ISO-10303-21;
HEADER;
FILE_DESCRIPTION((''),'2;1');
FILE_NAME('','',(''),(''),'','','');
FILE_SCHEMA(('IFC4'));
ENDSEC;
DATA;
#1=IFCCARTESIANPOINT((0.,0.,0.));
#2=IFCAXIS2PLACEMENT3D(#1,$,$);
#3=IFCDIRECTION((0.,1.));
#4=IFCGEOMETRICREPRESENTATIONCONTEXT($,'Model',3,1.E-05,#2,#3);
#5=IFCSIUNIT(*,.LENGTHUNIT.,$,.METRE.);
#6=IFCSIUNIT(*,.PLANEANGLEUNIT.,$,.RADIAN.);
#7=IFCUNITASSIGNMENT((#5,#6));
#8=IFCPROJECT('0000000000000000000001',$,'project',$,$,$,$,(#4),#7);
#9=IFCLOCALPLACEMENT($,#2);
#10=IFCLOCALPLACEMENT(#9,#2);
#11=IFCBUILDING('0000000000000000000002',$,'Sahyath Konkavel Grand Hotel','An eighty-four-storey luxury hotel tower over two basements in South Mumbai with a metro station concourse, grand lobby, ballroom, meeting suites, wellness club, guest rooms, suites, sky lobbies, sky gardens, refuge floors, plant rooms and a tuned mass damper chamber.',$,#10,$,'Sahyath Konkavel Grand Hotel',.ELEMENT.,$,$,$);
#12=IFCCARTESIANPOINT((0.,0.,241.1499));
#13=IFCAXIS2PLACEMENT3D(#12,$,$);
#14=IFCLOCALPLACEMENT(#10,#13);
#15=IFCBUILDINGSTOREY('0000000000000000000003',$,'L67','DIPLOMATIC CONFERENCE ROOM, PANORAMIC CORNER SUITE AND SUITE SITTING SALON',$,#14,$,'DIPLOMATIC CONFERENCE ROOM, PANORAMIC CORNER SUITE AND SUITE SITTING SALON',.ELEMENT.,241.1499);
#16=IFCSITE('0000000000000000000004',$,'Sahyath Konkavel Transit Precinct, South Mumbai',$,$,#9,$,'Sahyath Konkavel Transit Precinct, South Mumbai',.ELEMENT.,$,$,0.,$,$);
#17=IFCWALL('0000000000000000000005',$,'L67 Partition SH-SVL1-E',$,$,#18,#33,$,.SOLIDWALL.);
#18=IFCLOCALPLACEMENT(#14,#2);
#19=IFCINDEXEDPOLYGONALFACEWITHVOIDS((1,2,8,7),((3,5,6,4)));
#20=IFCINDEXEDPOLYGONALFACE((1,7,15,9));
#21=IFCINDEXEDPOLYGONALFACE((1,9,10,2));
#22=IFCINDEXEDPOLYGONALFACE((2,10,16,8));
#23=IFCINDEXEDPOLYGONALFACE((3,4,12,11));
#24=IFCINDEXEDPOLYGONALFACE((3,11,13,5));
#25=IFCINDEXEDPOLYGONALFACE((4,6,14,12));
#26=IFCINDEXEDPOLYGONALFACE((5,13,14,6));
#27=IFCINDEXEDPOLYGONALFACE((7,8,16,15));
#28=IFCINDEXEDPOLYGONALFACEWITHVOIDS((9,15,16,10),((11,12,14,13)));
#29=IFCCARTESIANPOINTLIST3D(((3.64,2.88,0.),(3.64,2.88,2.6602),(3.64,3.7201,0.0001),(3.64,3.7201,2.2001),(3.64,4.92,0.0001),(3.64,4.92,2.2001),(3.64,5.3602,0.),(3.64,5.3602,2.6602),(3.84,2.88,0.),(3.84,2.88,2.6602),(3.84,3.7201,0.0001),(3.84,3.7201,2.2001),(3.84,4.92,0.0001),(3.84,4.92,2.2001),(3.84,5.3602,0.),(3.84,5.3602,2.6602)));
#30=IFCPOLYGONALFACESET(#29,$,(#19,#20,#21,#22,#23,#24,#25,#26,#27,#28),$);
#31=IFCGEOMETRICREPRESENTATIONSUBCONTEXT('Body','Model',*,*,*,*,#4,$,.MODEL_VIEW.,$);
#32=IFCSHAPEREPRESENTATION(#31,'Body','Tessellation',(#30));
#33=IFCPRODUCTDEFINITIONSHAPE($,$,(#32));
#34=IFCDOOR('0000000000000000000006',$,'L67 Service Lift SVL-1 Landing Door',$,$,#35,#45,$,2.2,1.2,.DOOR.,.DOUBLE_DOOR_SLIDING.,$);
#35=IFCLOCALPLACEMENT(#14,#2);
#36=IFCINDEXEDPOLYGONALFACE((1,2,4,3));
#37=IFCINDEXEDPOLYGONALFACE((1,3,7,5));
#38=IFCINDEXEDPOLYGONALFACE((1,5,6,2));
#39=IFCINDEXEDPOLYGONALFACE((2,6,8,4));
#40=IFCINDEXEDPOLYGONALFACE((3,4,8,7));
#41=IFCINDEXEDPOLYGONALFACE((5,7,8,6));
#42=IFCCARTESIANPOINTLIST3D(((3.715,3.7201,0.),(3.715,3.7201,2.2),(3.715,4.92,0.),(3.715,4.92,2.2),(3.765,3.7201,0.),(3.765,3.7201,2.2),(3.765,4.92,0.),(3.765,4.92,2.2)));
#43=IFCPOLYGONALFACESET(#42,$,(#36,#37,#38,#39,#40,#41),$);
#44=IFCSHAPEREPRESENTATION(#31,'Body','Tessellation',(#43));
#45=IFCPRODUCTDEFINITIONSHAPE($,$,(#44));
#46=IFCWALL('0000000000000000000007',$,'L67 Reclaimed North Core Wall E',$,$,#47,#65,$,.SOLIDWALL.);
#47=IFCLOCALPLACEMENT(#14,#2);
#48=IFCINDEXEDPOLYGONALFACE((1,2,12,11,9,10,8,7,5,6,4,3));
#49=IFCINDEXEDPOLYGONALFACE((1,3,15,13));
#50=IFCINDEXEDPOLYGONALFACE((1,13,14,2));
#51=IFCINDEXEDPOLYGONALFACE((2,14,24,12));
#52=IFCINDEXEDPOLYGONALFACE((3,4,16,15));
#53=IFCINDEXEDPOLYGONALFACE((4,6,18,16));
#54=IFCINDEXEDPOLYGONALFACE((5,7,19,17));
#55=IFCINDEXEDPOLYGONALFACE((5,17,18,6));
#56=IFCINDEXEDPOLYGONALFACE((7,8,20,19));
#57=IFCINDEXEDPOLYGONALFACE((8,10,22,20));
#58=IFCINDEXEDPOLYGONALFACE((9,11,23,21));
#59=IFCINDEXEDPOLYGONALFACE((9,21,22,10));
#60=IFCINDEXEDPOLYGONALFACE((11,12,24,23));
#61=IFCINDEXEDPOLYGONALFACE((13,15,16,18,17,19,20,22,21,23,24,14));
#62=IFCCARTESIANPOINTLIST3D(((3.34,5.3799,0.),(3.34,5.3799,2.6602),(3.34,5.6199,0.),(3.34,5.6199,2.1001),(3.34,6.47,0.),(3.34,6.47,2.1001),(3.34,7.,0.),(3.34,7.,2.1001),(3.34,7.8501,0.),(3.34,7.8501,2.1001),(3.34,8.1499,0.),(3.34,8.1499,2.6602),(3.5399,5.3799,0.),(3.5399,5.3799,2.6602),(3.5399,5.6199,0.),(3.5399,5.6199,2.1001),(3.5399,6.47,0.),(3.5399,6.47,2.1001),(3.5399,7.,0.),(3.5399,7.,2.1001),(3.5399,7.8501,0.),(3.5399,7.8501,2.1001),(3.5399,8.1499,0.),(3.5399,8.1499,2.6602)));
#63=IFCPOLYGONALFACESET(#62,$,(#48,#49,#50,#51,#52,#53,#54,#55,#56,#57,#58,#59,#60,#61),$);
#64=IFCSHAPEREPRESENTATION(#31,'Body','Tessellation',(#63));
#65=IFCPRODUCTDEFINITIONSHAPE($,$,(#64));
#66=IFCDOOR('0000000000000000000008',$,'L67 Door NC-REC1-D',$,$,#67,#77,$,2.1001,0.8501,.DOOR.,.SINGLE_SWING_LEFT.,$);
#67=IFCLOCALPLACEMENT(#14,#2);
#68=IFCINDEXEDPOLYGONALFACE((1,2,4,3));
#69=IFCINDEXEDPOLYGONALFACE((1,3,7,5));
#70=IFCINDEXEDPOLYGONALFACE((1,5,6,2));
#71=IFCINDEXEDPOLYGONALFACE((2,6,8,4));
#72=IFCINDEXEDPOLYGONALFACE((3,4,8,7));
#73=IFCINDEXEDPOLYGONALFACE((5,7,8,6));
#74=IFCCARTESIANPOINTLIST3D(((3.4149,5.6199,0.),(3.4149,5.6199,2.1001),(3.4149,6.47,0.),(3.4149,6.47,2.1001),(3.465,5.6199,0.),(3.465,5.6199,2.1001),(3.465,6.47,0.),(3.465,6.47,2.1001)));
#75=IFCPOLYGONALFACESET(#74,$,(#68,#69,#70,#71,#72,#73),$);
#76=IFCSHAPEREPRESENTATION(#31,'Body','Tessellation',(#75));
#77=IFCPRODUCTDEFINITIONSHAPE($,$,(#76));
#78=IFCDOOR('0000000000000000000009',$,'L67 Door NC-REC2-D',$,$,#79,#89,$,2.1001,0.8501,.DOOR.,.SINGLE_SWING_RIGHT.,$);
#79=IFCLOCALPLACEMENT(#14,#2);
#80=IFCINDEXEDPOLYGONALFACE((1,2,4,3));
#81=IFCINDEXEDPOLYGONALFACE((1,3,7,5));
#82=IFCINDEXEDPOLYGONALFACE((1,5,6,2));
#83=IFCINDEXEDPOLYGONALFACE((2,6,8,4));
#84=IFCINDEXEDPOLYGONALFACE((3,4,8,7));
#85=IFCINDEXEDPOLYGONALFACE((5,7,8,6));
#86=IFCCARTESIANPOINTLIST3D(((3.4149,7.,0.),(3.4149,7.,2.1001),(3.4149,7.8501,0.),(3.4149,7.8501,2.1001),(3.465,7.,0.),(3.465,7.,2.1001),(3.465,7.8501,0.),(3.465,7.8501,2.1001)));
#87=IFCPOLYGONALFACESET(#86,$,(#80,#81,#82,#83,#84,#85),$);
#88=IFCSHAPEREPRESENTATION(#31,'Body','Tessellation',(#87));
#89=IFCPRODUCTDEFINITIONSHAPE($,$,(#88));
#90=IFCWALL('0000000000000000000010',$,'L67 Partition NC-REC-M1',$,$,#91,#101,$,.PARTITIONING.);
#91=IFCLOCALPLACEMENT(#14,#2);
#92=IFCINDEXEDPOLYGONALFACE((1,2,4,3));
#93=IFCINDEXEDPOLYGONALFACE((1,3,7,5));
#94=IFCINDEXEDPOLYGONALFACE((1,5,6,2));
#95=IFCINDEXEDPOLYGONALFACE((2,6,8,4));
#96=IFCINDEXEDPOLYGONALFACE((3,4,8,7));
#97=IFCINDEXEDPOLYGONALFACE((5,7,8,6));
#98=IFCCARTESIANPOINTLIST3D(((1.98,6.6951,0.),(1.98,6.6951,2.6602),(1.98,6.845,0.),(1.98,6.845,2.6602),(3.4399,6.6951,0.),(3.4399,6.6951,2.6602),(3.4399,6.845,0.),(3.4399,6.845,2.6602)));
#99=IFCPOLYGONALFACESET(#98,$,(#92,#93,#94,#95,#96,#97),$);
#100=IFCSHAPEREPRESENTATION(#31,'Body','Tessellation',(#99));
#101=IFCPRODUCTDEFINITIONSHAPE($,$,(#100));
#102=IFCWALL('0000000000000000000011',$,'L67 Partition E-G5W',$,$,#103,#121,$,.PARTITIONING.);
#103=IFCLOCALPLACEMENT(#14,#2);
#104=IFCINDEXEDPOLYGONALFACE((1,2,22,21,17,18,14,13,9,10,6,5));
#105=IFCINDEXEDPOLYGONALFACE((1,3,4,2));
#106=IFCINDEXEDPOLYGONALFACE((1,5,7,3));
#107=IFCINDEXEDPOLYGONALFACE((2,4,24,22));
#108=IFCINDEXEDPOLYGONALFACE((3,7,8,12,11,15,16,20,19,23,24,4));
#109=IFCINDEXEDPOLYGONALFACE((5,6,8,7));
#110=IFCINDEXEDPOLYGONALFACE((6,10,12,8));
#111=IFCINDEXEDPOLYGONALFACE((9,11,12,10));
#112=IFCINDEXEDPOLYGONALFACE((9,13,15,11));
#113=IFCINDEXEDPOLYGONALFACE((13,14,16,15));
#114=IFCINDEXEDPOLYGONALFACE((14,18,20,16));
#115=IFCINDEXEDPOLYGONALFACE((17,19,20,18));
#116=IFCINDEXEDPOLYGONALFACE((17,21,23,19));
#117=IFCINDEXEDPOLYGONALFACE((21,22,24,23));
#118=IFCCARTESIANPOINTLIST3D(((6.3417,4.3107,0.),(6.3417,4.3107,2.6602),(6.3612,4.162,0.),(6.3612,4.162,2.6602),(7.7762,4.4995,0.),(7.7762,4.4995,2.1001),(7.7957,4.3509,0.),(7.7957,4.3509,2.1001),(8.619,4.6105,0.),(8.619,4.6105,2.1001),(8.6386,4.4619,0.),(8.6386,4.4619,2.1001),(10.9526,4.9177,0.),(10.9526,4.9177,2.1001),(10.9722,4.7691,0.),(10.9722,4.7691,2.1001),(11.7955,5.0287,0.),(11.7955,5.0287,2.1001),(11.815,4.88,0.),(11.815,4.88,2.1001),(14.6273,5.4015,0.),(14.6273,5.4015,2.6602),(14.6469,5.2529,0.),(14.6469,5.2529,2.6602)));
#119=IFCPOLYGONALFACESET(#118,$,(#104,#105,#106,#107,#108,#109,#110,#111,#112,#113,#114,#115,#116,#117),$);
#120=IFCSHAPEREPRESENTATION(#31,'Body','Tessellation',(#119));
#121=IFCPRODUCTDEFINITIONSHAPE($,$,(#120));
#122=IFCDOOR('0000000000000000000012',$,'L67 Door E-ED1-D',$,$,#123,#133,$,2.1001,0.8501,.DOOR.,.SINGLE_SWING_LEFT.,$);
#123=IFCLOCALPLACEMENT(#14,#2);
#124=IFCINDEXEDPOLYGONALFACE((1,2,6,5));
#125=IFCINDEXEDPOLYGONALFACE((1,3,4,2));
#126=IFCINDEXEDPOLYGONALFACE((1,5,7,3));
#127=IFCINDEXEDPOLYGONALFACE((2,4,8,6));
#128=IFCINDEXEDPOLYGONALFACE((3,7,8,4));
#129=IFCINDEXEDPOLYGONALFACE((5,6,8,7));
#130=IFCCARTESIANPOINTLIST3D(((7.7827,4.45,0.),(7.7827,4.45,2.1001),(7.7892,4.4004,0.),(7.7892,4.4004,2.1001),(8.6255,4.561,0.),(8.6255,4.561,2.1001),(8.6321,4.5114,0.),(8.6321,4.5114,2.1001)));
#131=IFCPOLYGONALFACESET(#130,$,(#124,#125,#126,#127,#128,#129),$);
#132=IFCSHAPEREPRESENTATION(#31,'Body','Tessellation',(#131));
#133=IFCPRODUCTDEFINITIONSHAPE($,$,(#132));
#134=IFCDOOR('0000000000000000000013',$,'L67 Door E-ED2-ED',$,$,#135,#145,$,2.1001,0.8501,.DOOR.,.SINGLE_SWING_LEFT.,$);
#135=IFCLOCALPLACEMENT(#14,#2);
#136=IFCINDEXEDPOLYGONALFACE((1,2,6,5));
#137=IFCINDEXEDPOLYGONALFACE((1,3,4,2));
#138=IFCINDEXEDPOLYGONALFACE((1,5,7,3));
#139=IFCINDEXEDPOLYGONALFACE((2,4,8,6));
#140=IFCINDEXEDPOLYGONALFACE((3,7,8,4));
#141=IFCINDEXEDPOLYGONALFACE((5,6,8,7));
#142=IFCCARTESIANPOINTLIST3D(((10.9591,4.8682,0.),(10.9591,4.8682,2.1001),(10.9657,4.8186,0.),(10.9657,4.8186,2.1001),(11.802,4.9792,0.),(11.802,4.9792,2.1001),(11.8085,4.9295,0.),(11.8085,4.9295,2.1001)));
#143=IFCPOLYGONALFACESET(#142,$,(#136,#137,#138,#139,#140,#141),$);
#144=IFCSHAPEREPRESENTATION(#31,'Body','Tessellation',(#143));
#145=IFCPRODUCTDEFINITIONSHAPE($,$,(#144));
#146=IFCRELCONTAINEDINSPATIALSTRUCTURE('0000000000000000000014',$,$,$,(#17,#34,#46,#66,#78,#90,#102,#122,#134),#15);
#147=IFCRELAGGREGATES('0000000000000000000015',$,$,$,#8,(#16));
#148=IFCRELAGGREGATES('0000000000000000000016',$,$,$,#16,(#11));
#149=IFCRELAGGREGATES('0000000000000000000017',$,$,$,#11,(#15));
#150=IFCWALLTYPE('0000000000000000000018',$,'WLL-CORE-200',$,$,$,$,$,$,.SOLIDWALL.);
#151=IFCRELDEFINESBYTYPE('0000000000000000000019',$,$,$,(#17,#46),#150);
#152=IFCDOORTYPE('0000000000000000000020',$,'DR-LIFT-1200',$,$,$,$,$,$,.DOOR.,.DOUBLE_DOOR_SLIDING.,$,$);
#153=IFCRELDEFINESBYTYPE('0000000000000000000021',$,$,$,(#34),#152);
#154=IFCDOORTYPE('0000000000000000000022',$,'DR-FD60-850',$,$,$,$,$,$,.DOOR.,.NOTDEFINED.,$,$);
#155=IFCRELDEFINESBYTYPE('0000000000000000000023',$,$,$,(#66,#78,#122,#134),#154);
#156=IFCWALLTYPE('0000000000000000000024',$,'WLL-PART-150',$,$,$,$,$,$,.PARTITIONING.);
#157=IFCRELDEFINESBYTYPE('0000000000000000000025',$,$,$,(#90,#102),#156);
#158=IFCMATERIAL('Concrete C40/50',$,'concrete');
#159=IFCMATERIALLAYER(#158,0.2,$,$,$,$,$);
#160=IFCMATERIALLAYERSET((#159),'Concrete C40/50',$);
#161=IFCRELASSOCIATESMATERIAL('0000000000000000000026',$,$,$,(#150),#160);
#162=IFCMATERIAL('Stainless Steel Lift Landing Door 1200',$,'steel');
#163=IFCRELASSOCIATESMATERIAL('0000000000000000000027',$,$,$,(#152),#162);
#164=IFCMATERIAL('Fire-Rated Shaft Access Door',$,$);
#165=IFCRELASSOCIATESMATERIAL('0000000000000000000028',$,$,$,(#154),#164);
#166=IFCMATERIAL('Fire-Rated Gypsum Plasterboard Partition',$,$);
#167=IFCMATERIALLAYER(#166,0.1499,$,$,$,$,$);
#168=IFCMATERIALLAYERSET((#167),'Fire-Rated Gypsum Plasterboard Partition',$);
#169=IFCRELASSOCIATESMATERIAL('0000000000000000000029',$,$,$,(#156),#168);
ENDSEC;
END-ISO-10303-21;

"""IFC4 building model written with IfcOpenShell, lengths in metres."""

from ifc_helpers import new_model, si_unit, direction, frame, frame_2d, origin, origin_2d, place, context, subcontext, project, spatial, rectangle, extrude, source, transform, mapped, material, layer, layer_set, type_object, element, fill, save


model = new_model("IFC4")

# Units and contexts
model_context = context("Model", 3, precision=1e-05, world=origin(), true_north=direction((0.0, 1.0)))
body_context = subcontext(model_context, "Body", "Model", "MODEL_VIEW")
ifc_project = project(units=[si_unit("LENGTHUNIT", "METRE"), si_unit("PLANEANGLEUNIT", "RADIAN")], contexts=[model_context])

# Site, building, storey
site_placement = place(None, origin())
site = spatial("IfcSite", under=ifc_project, at=site_placement, Name="Sahyath Konkavel Transit Precinct, South Mumbai", LongName="Sahyath Konkavel Transit Precinct, South Mumbai", CompositionType="ELEMENT", RefElevation=0.0)
building_placement = place(site_placement, origin())
building = spatial("IfcBuilding", under=site, at=building_placement, Name="Sahyath Konkavel Grand Hotel", Description="An eighty-four-storey luxury hotel tower over two basements in South Mumbai with a metro station concourse, grand lobby, ballroom, meeting suites, wellness club, guest rooms, suites, sky lobbies, sky gardens, refuge floors, plant rooms and a tuned mass damper chamber.", LongName="Sahyath Konkavel Grand Hotel", CompositionType="ELEMENT")
storey_placement = place(building_placement, frame((0.0, 0.0, 241.1499)))
storey = spatial("IfcBuildingStorey", under=building, at=storey_placement, Name="L67", Description="DIPLOMATIC CONFERENCE ROOM, PANORAMIC CORNER SUITE AND SUITE SITTING SALON", LongName="DIPLOMATIC CONFERENCE ROOM, PANORAMIC CORNER SUITE AND SUITE SITTING SALON", CompositionType="ELEMENT", Elevation=241.1499)

# Shared definitions
ifc_material_1 = material(Name="Concrete C40/50", Category="concrete")
ifc_layer_1 = layer(ifc_material_1, 0.2)
ifc_layer_set_1 = layer_set([ifc_layer_1], Name="Concrete C40/50")
wall_type_1 = type_object("IfcWallType", Name="WLL-CORE-200", PredefinedType="SOLIDWALL", material=ifc_layer_set_1)
shared_shape_1 = source(origin(), body_context, "Body", "SweptSolid", [
    extrude(rectangle(XDim=0.8501, YDim=0.05, at=origin_2d()), origin(), (0.0, 0.0, 1.0), 2.1001),
])

# Wall, opening, door
wall_1_placement = place(storey_placement, frame((3.74, 2.8799, 0.0), z_axis=(0.0, 0.0, 1.0), x_axis=(0.0, 1.0, 0.0)))
wall_1 = element("IfcWall", 1, at=wall_1_placement, inside=storey, type_object=wall_type_1, Name="L67 Partition SH-SVL1-E", PredefinedType="SOLIDWALL", context=body_context, shape_type="SweptSolid", body=[
    extrude(rectangle(XDim=2.4802, YDim=0.2, at=frame_2d((1.2402, 0.0))), origin(), (0.0, 0.0, 1.0), 2.6602),
])
opening_1_placement = place(wall_1_placement, frame((0.8401, 0.0, 0.0)))
opening_1 = element("IfcOpeningElement", 2, at=opening_1_placement, cuts=wall_1, PredefinedType="OPENING", context=body_context, shape_type="SweptSolid", body=[
    extrude(rectangle(XDim=1.2, YDim=2.2, at=frame_2d((0.6001, 1.1001))), frame((0.0, 0.1099, 0.0), z_axis=(0.0, -1.0, 0.0), x_axis=(1.0, 0.0, 0.0)), (0.0, 0.0, 1.0), 0.22),
])
ifc_material_2 = material(Name="Stainless Steel Lift Landing Door 1200", Category="steel")
door_type_1 = type_object("IfcDoorType", Name="DR-LIFT-1200", OperationType="DOUBLE_DOOR_SLIDING", PredefinedType="DOOR", material=ifc_material_2)
shared_shape_2 = source(origin(), body_context, "Body", "SweptSolid", [
    extrude(rectangle(XDim=1.2, YDim=0.05, at=origin_2d()), origin(), (0.0, 0.0, 1.0), 2.2),
])
door_1_placement = place(opening_1_placement, frame((0.6001, 0.0, 0.0)))
door_1 = element("IfcDoor", 3, at=door_1_placement, inside=storey, type_object=door_type_1, Name="L67 Service Lift SVL-1 Landing Door", OperationType="DOUBLE_DOOR_SLIDING", OverallHeight=2.2, OverallWidth=1.2, PredefinedType="DOOR", context=body_context, shape_type="MappedRepresentation", body=[
    mapped(shared_shape_2, transform((0.0, 0.0, 0.0), scale=1.0)),
])
fill(opening_1, door_1)

# Wall, openings, doors
wall_2_placement = place(storey_placement, frame((3.4399, 5.3799, 0.0), z_axis=(0.0, 0.0, 1.0), x_axis=(0.0, 1.0, 0.0)))
wall_2 = element("IfcWall", 4, at=wall_2_placement, inside=storey, type_object=wall_type_1, Name="L67 Reclaimed North Core Wall E", PredefinedType="SOLIDWALL", context=body_context, shape_type="SweptSolid", body=[
    extrude(rectangle(XDim=2.77, YDim=0.2, at=frame_2d((1.385, 0.0))), origin(), (0.0, 0.0, 1.0), 2.6602),
])
opening_2_placement = place(wall_2_placement, frame((0.24, 0.0, 0.0)))
opening_2 = element("IfcOpeningElement", 5, at=opening_2_placement, cuts=wall_2, PredefinedType="OPENING", context=body_context, shape_type="SweptSolid", body=[
    extrude(rectangle(XDim=0.8501, YDim=2.1001, at=frame_2d((0.425, 1.05))), frame((0.0, 0.1099, 0.0), z_axis=(0.0, -1.0, 0.0), x_axis=(1.0, 0.0, 0.0)), (0.0, 0.0, 1.0), 0.22),
])
opening_3_placement = place(wall_2_placement, frame((1.6201, 0.0, 0.0)))
opening_3 = element("IfcOpeningElement", 6, at=opening_3_placement, cuts=wall_2, PredefinedType="OPENING", context=body_context, shape_type="SweptSolid", body=[
    extrude(rectangle(XDim=0.8501, YDim=2.1001, at=frame_2d((0.425, 1.05))), frame((0.0, 0.1099, 0.0), z_axis=(0.0, -1.0, 0.0), x_axis=(1.0, 0.0, 0.0)), (0.0, 0.0, 1.0), 0.22),
])
ifc_material_3 = material(Name="Fire-Rated Shaft Access Door")
door_type_2 = type_object("IfcDoorType", Name="DR-FD60-850", OperationType="NOTDEFINED", PredefinedType="DOOR", material=ifc_material_3)
door_2_placement = place(opening_2_placement, frame((0.425, 0.0, 0.0)))
door_2 = element("IfcDoor", 7, at=door_2_placement, inside=storey, type_object=door_type_2, Name="L67 Door NC-REC1-D", OperationType="SINGLE_SWING_LEFT", OverallHeight=2.1001, OverallWidth=0.8501, PredefinedType="DOOR", context=body_context, shape_type="MappedRepresentation", body=[
    mapped(shared_shape_1, transform((0.0, 0.0, 0.0), scale=1.0)),
])
fill(opening_2, door_2)
door_3_placement = place(opening_3_placement, frame((0.425, 0.0, 0.0)))
door_3 = element("IfcDoor", 8, at=door_3_placement, inside=storey, type_object=door_type_2, Name="L67 Door NC-REC2-D", OperationType="SINGLE_SWING_RIGHT", OverallHeight=2.1001, OverallWidth=0.8501, PredefinedType="DOOR", context=body_context, shape_type="MappedRepresentation", body=[
    mapped(shared_shape_1, transform((0.0, 0.0, 0.0), scale=1.0)),
])
fill(opening_3, door_3)

# Wall
ifc_material_4 = material(Name="Fire-Rated Gypsum Plasterboard Partition")
ifc_layer_2 = layer(ifc_material_4, 0.1499)
ifc_layer_set_2 = layer_set([ifc_layer_2], Name="Fire-Rated Gypsum Plasterboard Partition")
wall_type_2 = type_object("IfcWallType", Name="WLL-PART-150", PredefinedType="PARTITIONING", material=ifc_layer_set_2)
wall_3_placement = place(storey_placement, frame((1.98, 6.77, 0.0), z_axis=(0.0, 0.0, 1.0), x_axis=(1.0, 0.0, 0.0)))
element("IfcWall", 9, at=wall_3_placement, inside=storey, type_object=wall_type_2, Name="L67 Partition NC-REC-M1", PredefinedType="PARTITIONING", context=body_context, shape_type="SweptSolid", body=[
    extrude(rectangle(XDim=1.46, YDim=0.1499, at=frame_2d((0.73, 0.0))), origin(), (0.0, 0.0, 1.0), 2.6602),
])

# Wall, openings, doors
wall_4_placement = place(storey_placement, frame((6.3513, 4.2363, 0.0), z_axis=(0.0, 0.0, 1.0), x_axis=(0.991445, 0.130526, 0.0)))
wall_4 = element("IfcWall", 10, at=wall_4_placement, inside=storey, type_object=wall_type_2, Name="L67 Partition E-G5W", PredefinedType="PARTITIONING", context=body_context, shape_type="SweptSolid", body=[
    extrude(rectangle(XDim=8.3572, YDim=0.1499, at=frame_2d((4.1787, 0.0))), origin(), (0.0, 0.0, 1.0), 2.6602),
])
opening_4_placement = place(wall_4_placement, frame((1.447, 0.0, 0.0)))
opening_4 = element("IfcOpeningElement", 11, at=opening_4_placement, cuts=wall_4, PredefinedType="OPENING", context=body_context, shape_type="SweptSolid", body=[
    extrude(rectangle(XDim=0.8501, YDim=2.1001, at=frame_2d((0.425, 1.05))), frame((0.0, 0.085, 0.0), z_axis=(0.0, -1.0, 0.0), x_axis=(1.0, 0.0, 0.0)), (0.0, 0.0, 1.0), 0.1699),
])
opening_5_placement = place(wall_4_placement, frame((4.6509, 0.0, 0.0)))
opening_5 = element("IfcOpeningElement", 12, at=opening_5_placement, cuts=wall_4, PredefinedType="OPENING", context=body_context, shape_type="SweptSolid", body=[
    extrude(rectangle(XDim=0.8501, YDim=2.1001, at=frame_2d((0.425, 1.05))), frame((0.0, 0.085, 0.0), z_axis=(0.0, -1.0, 0.0), x_axis=(1.0, 0.0, 0.0)), (0.0, 0.0, 1.0), 0.1699),
])
door_4_placement = place(opening_4_placement, frame((0.425, 0.0, 0.0)))
door_4 = element("IfcDoor", 13, at=door_4_placement, inside=storey, type_object=door_type_2, Name="L67 Door E-ED1-D", OperationType="SINGLE_SWING_LEFT", OverallHeight=2.1001, OverallWidth=0.8501, PredefinedType="DOOR", context=body_context, shape_type="MappedRepresentation", body=[
    mapped(shared_shape_1, transform((0.0, 0.0, 0.0), scale=1.0)),
])
fill(opening_4, door_4)
door_5_placement = place(opening_5_placement, frame((0.425, 0.0, 0.0)))
door_5 = element("IfcDoor", 14, at=door_5_placement, inside=storey, type_object=door_type_2, Name="L67 Door E-ED2-ED", OperationType="SINGLE_SWING_LEFT", OverallHeight=2.1001, OverallWidth=0.8501, PredefinedType="DOOR", context=body_context, shape_type="MappedRepresentation", body=[
    mapped(shared_shape_1, transform((0.0, 0.0, 0.0), scale=1.0)),
])
fill(opening_5, door_5)

save(model, "model.ifc")
